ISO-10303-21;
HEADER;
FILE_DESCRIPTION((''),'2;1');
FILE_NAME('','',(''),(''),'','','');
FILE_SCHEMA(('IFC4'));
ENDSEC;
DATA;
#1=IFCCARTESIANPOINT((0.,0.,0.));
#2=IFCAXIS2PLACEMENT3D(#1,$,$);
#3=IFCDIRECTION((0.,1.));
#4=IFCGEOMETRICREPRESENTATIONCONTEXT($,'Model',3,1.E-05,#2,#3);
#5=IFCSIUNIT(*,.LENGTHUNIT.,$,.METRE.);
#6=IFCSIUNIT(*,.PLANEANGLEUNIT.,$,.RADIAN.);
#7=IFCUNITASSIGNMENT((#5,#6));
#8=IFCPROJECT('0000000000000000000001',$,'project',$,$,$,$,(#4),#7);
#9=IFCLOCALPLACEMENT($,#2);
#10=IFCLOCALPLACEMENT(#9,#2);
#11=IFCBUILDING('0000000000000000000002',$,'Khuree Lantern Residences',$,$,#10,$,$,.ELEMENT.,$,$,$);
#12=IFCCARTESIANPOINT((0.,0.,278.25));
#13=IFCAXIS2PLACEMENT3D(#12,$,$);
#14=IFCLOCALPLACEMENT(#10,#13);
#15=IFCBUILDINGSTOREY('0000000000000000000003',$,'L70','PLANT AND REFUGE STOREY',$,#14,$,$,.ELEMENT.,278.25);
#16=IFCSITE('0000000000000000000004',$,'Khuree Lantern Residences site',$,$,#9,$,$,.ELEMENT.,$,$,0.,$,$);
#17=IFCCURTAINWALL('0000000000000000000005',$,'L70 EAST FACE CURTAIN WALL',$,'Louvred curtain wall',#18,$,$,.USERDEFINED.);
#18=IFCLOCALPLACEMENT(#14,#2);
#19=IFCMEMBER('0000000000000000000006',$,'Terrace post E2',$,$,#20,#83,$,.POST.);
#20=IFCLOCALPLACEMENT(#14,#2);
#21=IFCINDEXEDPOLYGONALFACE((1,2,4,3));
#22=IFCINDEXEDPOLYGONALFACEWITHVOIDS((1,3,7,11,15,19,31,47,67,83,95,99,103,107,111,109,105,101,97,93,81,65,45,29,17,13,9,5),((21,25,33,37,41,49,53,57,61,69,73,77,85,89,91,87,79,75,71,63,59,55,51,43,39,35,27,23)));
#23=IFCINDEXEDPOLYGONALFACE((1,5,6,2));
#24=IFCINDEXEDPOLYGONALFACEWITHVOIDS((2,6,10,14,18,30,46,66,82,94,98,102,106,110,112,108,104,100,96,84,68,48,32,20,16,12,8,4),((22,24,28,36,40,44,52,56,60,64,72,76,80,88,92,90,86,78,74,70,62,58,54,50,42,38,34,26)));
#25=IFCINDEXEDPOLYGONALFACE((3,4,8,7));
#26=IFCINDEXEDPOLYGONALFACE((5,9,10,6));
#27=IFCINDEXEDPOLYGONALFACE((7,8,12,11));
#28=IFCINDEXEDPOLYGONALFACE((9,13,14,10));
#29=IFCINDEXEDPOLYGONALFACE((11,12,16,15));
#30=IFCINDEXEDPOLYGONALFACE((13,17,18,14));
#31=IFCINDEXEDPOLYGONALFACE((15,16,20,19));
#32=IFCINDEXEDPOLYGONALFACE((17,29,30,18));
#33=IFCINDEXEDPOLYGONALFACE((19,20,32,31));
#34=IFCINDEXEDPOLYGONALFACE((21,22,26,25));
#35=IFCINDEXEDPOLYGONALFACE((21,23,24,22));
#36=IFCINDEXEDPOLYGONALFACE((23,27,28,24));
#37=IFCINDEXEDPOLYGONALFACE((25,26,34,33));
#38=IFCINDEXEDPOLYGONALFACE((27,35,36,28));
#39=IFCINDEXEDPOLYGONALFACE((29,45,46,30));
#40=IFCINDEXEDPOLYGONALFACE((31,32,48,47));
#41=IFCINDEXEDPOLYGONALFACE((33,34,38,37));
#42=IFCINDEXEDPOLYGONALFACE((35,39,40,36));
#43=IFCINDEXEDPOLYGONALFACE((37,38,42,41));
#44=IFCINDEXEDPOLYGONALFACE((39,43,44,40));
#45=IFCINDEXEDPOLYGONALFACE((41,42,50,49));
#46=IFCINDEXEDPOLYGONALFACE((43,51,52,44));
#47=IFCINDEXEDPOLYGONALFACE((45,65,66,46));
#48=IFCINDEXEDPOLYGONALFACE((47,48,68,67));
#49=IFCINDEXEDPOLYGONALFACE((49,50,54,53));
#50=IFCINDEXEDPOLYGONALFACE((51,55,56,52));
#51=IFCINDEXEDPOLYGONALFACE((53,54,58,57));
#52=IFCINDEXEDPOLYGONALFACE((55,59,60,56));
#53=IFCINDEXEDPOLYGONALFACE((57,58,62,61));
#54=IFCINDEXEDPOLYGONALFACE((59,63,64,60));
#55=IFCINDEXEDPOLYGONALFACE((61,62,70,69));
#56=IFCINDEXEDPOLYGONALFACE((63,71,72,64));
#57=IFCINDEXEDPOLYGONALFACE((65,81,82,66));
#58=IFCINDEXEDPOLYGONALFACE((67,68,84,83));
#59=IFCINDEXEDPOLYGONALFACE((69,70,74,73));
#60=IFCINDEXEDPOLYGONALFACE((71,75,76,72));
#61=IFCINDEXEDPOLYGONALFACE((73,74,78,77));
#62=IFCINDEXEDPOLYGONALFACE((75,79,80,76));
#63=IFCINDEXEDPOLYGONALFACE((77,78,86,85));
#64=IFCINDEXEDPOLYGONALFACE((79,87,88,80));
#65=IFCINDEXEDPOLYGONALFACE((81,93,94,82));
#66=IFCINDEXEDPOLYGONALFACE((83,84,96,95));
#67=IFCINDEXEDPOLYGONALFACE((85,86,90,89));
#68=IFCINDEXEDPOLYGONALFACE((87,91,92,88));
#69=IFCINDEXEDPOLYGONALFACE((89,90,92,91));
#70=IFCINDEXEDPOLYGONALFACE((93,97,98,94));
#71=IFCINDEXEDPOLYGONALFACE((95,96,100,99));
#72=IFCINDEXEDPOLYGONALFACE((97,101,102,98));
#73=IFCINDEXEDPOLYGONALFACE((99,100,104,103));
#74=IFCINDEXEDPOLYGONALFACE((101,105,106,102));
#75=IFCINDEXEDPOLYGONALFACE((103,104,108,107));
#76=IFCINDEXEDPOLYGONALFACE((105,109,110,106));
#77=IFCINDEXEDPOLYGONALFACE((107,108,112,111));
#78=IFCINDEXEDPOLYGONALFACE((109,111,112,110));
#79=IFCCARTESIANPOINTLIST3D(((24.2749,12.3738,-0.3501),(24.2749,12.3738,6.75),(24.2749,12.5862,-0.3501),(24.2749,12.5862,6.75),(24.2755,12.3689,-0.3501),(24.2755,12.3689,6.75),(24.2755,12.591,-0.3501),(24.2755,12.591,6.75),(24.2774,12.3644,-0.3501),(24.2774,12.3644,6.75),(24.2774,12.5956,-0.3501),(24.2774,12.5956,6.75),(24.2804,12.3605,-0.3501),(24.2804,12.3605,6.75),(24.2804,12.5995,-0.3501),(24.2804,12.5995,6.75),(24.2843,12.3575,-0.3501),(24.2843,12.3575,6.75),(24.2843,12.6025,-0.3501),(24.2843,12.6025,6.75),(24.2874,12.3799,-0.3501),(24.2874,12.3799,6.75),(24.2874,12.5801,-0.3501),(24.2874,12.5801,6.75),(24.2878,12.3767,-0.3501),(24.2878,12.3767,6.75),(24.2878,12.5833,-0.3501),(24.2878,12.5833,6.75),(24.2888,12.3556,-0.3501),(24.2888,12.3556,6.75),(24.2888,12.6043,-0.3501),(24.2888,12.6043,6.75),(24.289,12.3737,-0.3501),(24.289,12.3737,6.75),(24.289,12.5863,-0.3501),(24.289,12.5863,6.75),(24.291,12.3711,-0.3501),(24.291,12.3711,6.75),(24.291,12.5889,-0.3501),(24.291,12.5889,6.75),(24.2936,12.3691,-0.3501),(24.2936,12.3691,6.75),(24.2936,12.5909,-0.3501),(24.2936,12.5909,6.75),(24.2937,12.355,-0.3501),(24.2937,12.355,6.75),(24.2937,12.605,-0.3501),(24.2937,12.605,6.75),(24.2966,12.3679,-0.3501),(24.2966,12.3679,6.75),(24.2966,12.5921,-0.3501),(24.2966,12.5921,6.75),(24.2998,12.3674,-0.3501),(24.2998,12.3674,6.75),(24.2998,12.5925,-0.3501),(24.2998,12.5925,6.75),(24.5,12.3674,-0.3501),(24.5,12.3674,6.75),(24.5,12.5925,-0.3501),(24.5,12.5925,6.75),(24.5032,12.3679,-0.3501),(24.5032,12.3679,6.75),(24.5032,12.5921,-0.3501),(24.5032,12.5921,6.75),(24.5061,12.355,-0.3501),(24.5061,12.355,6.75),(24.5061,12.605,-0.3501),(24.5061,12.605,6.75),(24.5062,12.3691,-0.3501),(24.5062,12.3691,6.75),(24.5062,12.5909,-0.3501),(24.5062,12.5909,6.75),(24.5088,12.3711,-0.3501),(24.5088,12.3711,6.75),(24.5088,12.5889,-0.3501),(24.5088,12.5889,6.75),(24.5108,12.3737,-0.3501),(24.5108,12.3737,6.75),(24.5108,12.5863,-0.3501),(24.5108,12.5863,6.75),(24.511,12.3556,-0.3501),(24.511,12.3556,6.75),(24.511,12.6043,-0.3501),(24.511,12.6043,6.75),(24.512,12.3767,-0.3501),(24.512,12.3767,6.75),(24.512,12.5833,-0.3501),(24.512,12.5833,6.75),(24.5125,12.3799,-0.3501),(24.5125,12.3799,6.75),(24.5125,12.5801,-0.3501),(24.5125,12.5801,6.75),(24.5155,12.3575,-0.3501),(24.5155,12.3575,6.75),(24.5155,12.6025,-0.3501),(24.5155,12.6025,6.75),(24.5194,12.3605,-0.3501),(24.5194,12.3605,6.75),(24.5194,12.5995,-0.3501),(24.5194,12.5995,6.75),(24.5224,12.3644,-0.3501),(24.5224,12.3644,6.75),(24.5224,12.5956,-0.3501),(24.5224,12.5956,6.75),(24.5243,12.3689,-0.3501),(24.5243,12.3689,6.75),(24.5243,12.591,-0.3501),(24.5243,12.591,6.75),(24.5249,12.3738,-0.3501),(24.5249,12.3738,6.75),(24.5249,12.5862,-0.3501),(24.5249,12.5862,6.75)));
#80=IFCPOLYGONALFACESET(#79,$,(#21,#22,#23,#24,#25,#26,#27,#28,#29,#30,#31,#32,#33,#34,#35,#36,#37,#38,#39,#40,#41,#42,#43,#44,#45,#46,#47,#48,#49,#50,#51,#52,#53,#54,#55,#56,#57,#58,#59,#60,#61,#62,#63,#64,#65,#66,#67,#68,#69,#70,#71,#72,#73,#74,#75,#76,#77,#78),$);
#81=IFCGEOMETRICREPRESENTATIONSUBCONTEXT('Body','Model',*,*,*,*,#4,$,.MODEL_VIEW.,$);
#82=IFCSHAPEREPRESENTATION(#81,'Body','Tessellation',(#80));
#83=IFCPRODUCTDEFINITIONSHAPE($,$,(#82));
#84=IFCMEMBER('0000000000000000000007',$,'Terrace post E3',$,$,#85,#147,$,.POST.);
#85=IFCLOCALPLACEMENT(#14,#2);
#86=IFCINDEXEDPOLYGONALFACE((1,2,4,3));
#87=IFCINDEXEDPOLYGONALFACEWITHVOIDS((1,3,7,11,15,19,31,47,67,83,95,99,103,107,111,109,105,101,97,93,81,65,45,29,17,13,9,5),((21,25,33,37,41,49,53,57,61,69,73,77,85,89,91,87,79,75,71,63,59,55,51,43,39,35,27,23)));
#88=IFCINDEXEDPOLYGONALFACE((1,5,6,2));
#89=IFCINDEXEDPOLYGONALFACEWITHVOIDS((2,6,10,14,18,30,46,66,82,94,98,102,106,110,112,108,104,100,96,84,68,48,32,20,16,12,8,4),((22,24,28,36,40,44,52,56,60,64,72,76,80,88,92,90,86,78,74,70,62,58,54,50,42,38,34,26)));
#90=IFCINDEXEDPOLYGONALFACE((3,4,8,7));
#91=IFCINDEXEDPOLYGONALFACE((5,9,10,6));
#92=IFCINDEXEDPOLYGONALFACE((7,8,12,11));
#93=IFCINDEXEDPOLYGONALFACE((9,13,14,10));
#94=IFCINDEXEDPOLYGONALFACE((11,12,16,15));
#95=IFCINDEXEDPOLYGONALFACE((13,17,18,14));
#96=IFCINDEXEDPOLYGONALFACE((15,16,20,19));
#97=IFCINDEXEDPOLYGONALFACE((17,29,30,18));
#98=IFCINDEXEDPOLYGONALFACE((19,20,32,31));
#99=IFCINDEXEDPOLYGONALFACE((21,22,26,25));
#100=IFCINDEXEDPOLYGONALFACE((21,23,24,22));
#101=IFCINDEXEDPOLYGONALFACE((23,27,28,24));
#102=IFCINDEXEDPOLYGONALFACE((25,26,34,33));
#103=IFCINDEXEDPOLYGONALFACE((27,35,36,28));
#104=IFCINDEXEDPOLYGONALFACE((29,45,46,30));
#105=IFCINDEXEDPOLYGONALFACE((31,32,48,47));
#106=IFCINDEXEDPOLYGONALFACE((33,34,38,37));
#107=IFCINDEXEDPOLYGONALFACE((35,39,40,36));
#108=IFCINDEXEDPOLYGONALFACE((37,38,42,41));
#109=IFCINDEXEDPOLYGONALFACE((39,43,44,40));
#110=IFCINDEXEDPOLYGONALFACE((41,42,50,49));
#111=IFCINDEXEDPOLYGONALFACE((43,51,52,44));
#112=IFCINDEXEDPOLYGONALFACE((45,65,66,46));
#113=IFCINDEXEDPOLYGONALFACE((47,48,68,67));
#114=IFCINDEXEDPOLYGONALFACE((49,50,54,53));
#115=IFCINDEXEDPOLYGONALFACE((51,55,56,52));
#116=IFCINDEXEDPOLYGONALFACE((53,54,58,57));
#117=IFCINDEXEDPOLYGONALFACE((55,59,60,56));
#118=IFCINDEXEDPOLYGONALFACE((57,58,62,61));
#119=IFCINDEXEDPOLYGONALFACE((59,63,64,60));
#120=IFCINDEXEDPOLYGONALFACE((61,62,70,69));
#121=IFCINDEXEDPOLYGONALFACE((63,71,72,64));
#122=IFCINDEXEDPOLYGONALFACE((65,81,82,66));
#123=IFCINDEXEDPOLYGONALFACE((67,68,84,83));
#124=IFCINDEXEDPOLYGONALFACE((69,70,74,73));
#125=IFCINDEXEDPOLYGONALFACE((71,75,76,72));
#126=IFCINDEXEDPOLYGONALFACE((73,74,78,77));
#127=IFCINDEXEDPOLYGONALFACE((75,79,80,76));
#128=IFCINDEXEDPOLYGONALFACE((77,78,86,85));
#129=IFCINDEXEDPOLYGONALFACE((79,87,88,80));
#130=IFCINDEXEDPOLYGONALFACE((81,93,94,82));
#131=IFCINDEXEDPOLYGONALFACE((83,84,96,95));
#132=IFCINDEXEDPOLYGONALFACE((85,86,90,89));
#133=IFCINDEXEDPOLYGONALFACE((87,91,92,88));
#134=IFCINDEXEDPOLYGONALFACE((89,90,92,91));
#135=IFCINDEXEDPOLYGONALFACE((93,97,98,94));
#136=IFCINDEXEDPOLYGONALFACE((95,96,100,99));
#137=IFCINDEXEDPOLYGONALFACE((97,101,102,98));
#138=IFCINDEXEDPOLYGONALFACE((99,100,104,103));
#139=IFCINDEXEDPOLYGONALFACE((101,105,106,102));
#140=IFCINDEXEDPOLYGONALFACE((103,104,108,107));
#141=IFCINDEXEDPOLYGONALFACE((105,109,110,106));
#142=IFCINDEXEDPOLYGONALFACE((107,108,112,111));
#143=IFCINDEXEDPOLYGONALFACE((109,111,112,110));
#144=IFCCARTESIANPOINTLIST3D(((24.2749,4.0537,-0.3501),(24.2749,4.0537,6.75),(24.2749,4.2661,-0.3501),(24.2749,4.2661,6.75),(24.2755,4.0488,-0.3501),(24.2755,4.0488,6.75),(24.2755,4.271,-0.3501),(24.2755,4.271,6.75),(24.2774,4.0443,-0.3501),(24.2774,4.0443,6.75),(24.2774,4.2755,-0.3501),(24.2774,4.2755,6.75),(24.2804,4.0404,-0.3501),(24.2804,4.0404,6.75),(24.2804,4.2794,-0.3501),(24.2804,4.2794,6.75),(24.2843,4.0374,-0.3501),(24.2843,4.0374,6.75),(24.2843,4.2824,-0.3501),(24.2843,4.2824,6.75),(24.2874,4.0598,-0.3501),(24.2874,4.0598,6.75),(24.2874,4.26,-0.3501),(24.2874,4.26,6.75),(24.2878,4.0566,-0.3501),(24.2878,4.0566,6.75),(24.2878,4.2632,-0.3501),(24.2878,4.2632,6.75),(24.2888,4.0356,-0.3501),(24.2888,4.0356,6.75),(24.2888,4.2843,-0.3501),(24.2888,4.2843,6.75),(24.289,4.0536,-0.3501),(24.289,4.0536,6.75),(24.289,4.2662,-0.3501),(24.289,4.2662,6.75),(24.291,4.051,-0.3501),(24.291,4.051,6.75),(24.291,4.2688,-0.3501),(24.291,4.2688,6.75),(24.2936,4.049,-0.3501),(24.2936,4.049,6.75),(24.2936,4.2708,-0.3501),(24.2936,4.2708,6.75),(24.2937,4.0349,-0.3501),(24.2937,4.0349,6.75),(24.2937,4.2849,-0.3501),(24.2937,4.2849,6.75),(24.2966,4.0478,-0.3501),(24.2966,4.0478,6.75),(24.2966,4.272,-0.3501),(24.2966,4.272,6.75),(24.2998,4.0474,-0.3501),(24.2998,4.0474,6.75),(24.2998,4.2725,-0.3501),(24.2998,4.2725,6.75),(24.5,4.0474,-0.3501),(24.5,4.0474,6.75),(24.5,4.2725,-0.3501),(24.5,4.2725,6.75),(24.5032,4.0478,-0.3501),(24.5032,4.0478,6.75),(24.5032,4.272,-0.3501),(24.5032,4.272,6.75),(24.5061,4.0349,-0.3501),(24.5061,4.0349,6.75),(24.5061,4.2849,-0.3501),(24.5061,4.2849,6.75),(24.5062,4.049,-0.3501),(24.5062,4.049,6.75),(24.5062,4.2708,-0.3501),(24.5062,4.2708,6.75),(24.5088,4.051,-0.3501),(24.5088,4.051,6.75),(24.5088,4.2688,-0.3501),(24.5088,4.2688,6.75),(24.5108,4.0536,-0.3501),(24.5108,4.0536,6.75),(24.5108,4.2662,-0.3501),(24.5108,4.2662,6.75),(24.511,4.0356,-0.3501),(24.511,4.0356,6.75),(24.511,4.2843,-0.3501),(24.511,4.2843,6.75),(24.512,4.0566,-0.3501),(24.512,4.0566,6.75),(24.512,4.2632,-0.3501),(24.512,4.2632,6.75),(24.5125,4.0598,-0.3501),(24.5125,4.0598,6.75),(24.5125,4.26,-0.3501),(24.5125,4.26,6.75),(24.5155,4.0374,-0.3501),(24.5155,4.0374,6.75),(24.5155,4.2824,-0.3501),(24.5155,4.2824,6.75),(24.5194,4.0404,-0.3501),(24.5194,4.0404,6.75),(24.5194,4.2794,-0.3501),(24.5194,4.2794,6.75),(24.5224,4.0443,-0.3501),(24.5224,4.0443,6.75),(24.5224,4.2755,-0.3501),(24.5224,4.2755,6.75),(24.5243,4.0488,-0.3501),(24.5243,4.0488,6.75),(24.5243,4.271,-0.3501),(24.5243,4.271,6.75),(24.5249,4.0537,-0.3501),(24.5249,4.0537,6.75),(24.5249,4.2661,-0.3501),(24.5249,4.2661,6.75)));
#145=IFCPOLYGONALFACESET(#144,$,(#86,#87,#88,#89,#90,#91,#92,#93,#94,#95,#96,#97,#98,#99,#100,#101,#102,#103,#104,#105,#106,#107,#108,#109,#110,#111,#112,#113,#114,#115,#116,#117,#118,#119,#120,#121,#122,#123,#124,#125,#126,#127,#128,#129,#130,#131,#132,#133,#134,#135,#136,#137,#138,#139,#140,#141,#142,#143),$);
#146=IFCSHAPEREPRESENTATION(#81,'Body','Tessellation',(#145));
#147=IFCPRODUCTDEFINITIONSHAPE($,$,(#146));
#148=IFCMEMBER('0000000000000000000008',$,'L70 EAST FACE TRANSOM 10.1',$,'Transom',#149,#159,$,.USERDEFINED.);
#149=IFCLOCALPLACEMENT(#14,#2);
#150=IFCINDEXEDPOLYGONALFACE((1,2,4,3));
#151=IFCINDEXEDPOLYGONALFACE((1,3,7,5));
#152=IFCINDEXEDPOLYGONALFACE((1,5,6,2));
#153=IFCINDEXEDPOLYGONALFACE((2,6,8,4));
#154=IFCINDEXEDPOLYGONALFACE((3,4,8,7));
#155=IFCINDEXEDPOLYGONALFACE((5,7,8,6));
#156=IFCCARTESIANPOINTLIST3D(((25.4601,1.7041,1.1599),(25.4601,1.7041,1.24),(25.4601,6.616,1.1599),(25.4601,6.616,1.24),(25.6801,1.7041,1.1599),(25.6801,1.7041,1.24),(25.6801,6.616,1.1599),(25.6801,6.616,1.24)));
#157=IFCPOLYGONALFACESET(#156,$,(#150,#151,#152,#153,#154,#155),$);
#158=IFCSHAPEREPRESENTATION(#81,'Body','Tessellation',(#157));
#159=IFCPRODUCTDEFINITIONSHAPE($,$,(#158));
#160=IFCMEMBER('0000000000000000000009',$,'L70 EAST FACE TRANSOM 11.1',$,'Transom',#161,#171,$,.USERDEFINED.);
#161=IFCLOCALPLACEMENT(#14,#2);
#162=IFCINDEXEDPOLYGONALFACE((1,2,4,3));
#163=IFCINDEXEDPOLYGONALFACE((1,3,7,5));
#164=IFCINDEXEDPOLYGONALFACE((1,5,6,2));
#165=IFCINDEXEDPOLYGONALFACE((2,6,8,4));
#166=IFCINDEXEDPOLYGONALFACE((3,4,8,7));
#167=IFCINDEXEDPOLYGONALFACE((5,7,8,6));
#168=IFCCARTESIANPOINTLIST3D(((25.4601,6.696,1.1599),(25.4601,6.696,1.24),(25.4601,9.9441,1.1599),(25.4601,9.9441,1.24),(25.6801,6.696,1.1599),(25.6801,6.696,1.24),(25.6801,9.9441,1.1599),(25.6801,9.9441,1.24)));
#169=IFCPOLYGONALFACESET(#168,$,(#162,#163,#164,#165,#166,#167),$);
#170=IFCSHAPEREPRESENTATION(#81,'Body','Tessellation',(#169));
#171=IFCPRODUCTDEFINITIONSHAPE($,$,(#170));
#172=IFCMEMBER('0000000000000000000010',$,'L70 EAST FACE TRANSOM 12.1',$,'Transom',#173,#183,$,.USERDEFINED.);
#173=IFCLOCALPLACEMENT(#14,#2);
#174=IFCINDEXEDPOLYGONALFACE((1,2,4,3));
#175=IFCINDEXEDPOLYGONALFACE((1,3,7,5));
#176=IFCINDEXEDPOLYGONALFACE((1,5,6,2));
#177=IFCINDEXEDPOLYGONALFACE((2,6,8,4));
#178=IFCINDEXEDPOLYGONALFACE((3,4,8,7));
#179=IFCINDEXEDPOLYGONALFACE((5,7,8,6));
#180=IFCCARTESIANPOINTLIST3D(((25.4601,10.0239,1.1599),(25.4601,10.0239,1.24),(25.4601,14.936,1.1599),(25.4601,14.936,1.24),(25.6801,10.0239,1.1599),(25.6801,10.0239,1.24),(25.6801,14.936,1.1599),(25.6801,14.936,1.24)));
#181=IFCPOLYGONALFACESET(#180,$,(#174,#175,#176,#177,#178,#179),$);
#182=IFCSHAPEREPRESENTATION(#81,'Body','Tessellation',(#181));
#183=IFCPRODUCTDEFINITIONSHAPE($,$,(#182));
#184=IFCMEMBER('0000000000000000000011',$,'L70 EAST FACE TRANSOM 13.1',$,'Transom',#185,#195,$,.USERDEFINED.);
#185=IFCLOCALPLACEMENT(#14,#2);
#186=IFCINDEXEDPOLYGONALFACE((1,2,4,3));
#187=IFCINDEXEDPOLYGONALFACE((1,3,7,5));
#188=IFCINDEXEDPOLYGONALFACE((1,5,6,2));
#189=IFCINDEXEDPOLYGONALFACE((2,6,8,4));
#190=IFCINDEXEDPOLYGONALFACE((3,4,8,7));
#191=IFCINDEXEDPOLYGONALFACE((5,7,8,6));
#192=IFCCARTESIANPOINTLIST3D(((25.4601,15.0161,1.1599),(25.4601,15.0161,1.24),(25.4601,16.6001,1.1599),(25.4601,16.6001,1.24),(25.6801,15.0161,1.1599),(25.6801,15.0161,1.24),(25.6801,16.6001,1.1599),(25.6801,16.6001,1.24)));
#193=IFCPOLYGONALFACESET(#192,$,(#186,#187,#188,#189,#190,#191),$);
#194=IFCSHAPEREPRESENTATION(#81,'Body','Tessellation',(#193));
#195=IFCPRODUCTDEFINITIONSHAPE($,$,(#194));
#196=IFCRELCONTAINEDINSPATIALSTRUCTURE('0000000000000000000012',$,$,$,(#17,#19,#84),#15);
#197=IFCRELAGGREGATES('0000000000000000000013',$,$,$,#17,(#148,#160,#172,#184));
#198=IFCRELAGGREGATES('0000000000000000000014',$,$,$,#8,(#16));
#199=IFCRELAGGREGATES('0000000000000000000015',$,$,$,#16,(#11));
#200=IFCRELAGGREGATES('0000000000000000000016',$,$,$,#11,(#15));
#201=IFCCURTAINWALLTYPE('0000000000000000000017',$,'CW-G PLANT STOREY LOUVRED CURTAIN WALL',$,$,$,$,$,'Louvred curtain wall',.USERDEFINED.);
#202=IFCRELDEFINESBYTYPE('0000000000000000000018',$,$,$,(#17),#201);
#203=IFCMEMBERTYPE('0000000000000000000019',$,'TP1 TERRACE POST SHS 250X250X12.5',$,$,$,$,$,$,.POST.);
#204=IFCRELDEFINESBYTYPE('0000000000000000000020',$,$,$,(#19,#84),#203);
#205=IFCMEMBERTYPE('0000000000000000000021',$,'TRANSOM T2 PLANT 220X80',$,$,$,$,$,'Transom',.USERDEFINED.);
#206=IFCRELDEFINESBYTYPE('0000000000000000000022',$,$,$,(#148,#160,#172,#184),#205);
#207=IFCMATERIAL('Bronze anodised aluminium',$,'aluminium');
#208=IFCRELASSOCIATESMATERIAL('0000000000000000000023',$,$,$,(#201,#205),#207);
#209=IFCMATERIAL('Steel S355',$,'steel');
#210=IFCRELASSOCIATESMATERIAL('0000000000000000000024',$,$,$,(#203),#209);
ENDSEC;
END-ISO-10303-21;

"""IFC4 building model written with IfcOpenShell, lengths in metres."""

from ifc_helpers import new_model, si_unit, direction, frame, origin, origin_2d, place, context, subcontext, project, spatial, rectangle, hollow_rectangle, extrude, material, material_profile, profile_set, type_object, element, aggregate, save


model = new_model("IFC4")

# Units and contexts
model_context = context("Model", 3, precision=1e-05, world=origin(), true_north=direction((0.0, 1.0)))
body_context = subcontext(model_context, "Body", "Model", "MODEL_VIEW")
ifc_project = project(units=[si_unit("LENGTHUNIT", "METRE"), si_unit("PLANEANGLEUNIT", "RADIAN")], contexts=[model_context])

# Site, building, storey
site_placement = place(None, origin())
site = spatial("IfcSite", under=ifc_project, at=site_placement, Name="Khuree Lantern Residences site", CompositionType="ELEMENT", RefElevation=0.0)
building_placement = place(site_placement, origin())
building = spatial("IfcBuilding", under=site, at=building_placement, Name="Khuree Lantern Residences", CompositionType="ELEMENT")
storey_placement = place(building_placement, frame((0.0, 0.0, 278.25)))
storey = spatial("IfcBuildingStorey", under=building, at=storey_placement, Name="L70", Description="PLANT AND REFUGE STOREY", CompositionType="ELEMENT", Elevation=278.25)

# Shared definitions
ifc_material_1 = material(Name="Steel S355", Category="steel")

# Curtain wall
ifc_material_2 = material(Name="Bronze anodised aluminium", Category="aluminium")
curtain_wall_type = type_object("IfcCurtainWallType", Name="CW-G PLANT STOREY LOUVRED CURTAIN WALL", ElementType="Louvred curtain wall", PredefinedType="USERDEFINED", material=ifc_material_2)
curtain_wall_placement = place(storey_placement, origin())
curtain_wall = element("IfcCurtainWall", 1, at=curtain_wall_placement, inside=storey, type_object=curtain_wall_type, Name="L70 EAST FACE CURTAIN WALL", ObjectType="Louvred curtain wall", PredefinedType="USERDEFINED")

# Members
ifc_material_profile_1 = material_profile(ifc_material_1, hollow_rectangle(XDim=0.25, YDim=0.25, WallThickness=0.0125, InnerFilletRadius=0.0125, OuterFilletRadius=0.0188, at=origin_2d()), Name="SHS 250X250X12.5")
ifc_profile_set_1 = profile_set([ifc_material_profile_1], Name="Steel S355")
member_type_1 = type_object("IfcMemberType", Name="TP1 TERRACE POST SHS 250X250X12.5", PredefinedType="POST", material=ifc_profile_set_1)
for number, where, z_axis, x_axis, name in (
    (2, (24.3999, 12.48, -0.3501), (0.0, 0.0, 1.0), (1.0, 0.0, 0.0), "Terrace post E2"),
    (3, (24.3999, 4.1599, -0.3501), (0.0, 0.0, 1.0), (1.0, 0.0, 0.0), "Terrace post E3"),
):
    element("IfcMember", number, at=place(storey_placement, frame(where, z_axis=z_axis, x_axis=x_axis)), inside=storey, type_object=member_type_1, Name=name, PredefinedType="POST", context=body_context, shape_type="SweptSolid", body=[
        extrude(hollow_rectangle(XDim=0.25, YDim=0.25, WallThickness=0.0125, InnerFilletRadius=0.0125, OuterFilletRadius=0.0188, at=origin_2d()), origin(), (0.0, 0.0, 1.0), 7.1001),
    ])

# Members
ifc_material_profile_2 = material_profile(ifc_material_2, rectangle(XDim=0.22, YDim=0.0801, at=origin_2d()), Name="T2 220X80")
ifc_profile_set_2 = profile_set([ifc_material_profile_2], Name="Bronze anodised aluminium")
member_type_2 = type_object("IfcMemberType", Name="TRANSOM T2 PLANT 220X80", ElementType="Transom", PredefinedType="USERDEFINED", material=ifc_profile_set_2)
member_1_placement = place(storey_placement, frame((25.5701, 1.7041, 1.2), z_axis=(0.0, 1.0, 0.0), x_axis=(-1.0, 0.0, 0.0)))
member_1 = element("IfcMember", 4, at=member_1_placement, type_object=member_type_2, Name="L70 EAST FACE TRANSOM 10.1", ObjectType="Transom", PredefinedType="USERDEFINED", context=body_context, shape_type="SweptSolid", body=[
    extrude(rectangle(XDim=0.22, YDim=0.0801, at=origin_2d()), origin(), (0.0, 0.0, 1.0), 4.9119),
])
member_2_placement = place(storey_placement, frame((25.5701, 6.696, 1.2), z_axis=(0.0, 1.0, 0.0), x_axis=(-1.0, 0.0, 0.0)))
member_2 = element("IfcMember", 5, at=member_2_placement, type_object=member_type_2, Name="L70 EAST FACE TRANSOM 11.1", ObjectType="Transom", PredefinedType="USERDEFINED", context=body_context, shape_type="SweptSolid", body=[
    extrude(rectangle(XDim=0.22, YDim=0.0801, at=origin_2d()), origin(), (0.0, 0.0, 1.0), 3.248),
])
member_3_placement = place(storey_placement, frame((25.5701, 10.0239, 1.2), z_axis=(0.0, 1.0, 0.0), x_axis=(-1.0, 0.0, 0.0)))
member_3 = element("IfcMember", 6, at=member_3_placement, type_object=member_type_2, Name="L70 EAST FACE TRANSOM 12.1", ObjectType="Transom", PredefinedType="USERDEFINED", context=body_context, shape_type="SweptSolid", body=[
    extrude(rectangle(XDim=0.22, YDim=0.0801, at=origin_2d()), origin(), (0.0, 0.0, 1.0), 4.9121),
])
member_4_placement = place(storey_placement, frame((25.5701, 15.0161, 1.2), z_axis=(0.0, 1.0, 0.0), x_axis=(-1.0, 0.0, 0.0)))
member_4 = element("IfcMember", 7, at=member_4_placement, type_object=member_type_2, Name="L70 EAST FACE TRANSOM 13.1", ObjectType="Transom", PredefinedType="USERDEFINED", context=body_context, shape_type="SweptSolid", body=[
    extrude(rectangle(XDim=0.22, YDim=0.0801, at=origin_2d()), origin(), (0.0, 0.0, 1.0), 1.584),
])

aggregate(curtain_wall, [member_1, member_2, member_3, member_4])

save(model, "model.ifc")
